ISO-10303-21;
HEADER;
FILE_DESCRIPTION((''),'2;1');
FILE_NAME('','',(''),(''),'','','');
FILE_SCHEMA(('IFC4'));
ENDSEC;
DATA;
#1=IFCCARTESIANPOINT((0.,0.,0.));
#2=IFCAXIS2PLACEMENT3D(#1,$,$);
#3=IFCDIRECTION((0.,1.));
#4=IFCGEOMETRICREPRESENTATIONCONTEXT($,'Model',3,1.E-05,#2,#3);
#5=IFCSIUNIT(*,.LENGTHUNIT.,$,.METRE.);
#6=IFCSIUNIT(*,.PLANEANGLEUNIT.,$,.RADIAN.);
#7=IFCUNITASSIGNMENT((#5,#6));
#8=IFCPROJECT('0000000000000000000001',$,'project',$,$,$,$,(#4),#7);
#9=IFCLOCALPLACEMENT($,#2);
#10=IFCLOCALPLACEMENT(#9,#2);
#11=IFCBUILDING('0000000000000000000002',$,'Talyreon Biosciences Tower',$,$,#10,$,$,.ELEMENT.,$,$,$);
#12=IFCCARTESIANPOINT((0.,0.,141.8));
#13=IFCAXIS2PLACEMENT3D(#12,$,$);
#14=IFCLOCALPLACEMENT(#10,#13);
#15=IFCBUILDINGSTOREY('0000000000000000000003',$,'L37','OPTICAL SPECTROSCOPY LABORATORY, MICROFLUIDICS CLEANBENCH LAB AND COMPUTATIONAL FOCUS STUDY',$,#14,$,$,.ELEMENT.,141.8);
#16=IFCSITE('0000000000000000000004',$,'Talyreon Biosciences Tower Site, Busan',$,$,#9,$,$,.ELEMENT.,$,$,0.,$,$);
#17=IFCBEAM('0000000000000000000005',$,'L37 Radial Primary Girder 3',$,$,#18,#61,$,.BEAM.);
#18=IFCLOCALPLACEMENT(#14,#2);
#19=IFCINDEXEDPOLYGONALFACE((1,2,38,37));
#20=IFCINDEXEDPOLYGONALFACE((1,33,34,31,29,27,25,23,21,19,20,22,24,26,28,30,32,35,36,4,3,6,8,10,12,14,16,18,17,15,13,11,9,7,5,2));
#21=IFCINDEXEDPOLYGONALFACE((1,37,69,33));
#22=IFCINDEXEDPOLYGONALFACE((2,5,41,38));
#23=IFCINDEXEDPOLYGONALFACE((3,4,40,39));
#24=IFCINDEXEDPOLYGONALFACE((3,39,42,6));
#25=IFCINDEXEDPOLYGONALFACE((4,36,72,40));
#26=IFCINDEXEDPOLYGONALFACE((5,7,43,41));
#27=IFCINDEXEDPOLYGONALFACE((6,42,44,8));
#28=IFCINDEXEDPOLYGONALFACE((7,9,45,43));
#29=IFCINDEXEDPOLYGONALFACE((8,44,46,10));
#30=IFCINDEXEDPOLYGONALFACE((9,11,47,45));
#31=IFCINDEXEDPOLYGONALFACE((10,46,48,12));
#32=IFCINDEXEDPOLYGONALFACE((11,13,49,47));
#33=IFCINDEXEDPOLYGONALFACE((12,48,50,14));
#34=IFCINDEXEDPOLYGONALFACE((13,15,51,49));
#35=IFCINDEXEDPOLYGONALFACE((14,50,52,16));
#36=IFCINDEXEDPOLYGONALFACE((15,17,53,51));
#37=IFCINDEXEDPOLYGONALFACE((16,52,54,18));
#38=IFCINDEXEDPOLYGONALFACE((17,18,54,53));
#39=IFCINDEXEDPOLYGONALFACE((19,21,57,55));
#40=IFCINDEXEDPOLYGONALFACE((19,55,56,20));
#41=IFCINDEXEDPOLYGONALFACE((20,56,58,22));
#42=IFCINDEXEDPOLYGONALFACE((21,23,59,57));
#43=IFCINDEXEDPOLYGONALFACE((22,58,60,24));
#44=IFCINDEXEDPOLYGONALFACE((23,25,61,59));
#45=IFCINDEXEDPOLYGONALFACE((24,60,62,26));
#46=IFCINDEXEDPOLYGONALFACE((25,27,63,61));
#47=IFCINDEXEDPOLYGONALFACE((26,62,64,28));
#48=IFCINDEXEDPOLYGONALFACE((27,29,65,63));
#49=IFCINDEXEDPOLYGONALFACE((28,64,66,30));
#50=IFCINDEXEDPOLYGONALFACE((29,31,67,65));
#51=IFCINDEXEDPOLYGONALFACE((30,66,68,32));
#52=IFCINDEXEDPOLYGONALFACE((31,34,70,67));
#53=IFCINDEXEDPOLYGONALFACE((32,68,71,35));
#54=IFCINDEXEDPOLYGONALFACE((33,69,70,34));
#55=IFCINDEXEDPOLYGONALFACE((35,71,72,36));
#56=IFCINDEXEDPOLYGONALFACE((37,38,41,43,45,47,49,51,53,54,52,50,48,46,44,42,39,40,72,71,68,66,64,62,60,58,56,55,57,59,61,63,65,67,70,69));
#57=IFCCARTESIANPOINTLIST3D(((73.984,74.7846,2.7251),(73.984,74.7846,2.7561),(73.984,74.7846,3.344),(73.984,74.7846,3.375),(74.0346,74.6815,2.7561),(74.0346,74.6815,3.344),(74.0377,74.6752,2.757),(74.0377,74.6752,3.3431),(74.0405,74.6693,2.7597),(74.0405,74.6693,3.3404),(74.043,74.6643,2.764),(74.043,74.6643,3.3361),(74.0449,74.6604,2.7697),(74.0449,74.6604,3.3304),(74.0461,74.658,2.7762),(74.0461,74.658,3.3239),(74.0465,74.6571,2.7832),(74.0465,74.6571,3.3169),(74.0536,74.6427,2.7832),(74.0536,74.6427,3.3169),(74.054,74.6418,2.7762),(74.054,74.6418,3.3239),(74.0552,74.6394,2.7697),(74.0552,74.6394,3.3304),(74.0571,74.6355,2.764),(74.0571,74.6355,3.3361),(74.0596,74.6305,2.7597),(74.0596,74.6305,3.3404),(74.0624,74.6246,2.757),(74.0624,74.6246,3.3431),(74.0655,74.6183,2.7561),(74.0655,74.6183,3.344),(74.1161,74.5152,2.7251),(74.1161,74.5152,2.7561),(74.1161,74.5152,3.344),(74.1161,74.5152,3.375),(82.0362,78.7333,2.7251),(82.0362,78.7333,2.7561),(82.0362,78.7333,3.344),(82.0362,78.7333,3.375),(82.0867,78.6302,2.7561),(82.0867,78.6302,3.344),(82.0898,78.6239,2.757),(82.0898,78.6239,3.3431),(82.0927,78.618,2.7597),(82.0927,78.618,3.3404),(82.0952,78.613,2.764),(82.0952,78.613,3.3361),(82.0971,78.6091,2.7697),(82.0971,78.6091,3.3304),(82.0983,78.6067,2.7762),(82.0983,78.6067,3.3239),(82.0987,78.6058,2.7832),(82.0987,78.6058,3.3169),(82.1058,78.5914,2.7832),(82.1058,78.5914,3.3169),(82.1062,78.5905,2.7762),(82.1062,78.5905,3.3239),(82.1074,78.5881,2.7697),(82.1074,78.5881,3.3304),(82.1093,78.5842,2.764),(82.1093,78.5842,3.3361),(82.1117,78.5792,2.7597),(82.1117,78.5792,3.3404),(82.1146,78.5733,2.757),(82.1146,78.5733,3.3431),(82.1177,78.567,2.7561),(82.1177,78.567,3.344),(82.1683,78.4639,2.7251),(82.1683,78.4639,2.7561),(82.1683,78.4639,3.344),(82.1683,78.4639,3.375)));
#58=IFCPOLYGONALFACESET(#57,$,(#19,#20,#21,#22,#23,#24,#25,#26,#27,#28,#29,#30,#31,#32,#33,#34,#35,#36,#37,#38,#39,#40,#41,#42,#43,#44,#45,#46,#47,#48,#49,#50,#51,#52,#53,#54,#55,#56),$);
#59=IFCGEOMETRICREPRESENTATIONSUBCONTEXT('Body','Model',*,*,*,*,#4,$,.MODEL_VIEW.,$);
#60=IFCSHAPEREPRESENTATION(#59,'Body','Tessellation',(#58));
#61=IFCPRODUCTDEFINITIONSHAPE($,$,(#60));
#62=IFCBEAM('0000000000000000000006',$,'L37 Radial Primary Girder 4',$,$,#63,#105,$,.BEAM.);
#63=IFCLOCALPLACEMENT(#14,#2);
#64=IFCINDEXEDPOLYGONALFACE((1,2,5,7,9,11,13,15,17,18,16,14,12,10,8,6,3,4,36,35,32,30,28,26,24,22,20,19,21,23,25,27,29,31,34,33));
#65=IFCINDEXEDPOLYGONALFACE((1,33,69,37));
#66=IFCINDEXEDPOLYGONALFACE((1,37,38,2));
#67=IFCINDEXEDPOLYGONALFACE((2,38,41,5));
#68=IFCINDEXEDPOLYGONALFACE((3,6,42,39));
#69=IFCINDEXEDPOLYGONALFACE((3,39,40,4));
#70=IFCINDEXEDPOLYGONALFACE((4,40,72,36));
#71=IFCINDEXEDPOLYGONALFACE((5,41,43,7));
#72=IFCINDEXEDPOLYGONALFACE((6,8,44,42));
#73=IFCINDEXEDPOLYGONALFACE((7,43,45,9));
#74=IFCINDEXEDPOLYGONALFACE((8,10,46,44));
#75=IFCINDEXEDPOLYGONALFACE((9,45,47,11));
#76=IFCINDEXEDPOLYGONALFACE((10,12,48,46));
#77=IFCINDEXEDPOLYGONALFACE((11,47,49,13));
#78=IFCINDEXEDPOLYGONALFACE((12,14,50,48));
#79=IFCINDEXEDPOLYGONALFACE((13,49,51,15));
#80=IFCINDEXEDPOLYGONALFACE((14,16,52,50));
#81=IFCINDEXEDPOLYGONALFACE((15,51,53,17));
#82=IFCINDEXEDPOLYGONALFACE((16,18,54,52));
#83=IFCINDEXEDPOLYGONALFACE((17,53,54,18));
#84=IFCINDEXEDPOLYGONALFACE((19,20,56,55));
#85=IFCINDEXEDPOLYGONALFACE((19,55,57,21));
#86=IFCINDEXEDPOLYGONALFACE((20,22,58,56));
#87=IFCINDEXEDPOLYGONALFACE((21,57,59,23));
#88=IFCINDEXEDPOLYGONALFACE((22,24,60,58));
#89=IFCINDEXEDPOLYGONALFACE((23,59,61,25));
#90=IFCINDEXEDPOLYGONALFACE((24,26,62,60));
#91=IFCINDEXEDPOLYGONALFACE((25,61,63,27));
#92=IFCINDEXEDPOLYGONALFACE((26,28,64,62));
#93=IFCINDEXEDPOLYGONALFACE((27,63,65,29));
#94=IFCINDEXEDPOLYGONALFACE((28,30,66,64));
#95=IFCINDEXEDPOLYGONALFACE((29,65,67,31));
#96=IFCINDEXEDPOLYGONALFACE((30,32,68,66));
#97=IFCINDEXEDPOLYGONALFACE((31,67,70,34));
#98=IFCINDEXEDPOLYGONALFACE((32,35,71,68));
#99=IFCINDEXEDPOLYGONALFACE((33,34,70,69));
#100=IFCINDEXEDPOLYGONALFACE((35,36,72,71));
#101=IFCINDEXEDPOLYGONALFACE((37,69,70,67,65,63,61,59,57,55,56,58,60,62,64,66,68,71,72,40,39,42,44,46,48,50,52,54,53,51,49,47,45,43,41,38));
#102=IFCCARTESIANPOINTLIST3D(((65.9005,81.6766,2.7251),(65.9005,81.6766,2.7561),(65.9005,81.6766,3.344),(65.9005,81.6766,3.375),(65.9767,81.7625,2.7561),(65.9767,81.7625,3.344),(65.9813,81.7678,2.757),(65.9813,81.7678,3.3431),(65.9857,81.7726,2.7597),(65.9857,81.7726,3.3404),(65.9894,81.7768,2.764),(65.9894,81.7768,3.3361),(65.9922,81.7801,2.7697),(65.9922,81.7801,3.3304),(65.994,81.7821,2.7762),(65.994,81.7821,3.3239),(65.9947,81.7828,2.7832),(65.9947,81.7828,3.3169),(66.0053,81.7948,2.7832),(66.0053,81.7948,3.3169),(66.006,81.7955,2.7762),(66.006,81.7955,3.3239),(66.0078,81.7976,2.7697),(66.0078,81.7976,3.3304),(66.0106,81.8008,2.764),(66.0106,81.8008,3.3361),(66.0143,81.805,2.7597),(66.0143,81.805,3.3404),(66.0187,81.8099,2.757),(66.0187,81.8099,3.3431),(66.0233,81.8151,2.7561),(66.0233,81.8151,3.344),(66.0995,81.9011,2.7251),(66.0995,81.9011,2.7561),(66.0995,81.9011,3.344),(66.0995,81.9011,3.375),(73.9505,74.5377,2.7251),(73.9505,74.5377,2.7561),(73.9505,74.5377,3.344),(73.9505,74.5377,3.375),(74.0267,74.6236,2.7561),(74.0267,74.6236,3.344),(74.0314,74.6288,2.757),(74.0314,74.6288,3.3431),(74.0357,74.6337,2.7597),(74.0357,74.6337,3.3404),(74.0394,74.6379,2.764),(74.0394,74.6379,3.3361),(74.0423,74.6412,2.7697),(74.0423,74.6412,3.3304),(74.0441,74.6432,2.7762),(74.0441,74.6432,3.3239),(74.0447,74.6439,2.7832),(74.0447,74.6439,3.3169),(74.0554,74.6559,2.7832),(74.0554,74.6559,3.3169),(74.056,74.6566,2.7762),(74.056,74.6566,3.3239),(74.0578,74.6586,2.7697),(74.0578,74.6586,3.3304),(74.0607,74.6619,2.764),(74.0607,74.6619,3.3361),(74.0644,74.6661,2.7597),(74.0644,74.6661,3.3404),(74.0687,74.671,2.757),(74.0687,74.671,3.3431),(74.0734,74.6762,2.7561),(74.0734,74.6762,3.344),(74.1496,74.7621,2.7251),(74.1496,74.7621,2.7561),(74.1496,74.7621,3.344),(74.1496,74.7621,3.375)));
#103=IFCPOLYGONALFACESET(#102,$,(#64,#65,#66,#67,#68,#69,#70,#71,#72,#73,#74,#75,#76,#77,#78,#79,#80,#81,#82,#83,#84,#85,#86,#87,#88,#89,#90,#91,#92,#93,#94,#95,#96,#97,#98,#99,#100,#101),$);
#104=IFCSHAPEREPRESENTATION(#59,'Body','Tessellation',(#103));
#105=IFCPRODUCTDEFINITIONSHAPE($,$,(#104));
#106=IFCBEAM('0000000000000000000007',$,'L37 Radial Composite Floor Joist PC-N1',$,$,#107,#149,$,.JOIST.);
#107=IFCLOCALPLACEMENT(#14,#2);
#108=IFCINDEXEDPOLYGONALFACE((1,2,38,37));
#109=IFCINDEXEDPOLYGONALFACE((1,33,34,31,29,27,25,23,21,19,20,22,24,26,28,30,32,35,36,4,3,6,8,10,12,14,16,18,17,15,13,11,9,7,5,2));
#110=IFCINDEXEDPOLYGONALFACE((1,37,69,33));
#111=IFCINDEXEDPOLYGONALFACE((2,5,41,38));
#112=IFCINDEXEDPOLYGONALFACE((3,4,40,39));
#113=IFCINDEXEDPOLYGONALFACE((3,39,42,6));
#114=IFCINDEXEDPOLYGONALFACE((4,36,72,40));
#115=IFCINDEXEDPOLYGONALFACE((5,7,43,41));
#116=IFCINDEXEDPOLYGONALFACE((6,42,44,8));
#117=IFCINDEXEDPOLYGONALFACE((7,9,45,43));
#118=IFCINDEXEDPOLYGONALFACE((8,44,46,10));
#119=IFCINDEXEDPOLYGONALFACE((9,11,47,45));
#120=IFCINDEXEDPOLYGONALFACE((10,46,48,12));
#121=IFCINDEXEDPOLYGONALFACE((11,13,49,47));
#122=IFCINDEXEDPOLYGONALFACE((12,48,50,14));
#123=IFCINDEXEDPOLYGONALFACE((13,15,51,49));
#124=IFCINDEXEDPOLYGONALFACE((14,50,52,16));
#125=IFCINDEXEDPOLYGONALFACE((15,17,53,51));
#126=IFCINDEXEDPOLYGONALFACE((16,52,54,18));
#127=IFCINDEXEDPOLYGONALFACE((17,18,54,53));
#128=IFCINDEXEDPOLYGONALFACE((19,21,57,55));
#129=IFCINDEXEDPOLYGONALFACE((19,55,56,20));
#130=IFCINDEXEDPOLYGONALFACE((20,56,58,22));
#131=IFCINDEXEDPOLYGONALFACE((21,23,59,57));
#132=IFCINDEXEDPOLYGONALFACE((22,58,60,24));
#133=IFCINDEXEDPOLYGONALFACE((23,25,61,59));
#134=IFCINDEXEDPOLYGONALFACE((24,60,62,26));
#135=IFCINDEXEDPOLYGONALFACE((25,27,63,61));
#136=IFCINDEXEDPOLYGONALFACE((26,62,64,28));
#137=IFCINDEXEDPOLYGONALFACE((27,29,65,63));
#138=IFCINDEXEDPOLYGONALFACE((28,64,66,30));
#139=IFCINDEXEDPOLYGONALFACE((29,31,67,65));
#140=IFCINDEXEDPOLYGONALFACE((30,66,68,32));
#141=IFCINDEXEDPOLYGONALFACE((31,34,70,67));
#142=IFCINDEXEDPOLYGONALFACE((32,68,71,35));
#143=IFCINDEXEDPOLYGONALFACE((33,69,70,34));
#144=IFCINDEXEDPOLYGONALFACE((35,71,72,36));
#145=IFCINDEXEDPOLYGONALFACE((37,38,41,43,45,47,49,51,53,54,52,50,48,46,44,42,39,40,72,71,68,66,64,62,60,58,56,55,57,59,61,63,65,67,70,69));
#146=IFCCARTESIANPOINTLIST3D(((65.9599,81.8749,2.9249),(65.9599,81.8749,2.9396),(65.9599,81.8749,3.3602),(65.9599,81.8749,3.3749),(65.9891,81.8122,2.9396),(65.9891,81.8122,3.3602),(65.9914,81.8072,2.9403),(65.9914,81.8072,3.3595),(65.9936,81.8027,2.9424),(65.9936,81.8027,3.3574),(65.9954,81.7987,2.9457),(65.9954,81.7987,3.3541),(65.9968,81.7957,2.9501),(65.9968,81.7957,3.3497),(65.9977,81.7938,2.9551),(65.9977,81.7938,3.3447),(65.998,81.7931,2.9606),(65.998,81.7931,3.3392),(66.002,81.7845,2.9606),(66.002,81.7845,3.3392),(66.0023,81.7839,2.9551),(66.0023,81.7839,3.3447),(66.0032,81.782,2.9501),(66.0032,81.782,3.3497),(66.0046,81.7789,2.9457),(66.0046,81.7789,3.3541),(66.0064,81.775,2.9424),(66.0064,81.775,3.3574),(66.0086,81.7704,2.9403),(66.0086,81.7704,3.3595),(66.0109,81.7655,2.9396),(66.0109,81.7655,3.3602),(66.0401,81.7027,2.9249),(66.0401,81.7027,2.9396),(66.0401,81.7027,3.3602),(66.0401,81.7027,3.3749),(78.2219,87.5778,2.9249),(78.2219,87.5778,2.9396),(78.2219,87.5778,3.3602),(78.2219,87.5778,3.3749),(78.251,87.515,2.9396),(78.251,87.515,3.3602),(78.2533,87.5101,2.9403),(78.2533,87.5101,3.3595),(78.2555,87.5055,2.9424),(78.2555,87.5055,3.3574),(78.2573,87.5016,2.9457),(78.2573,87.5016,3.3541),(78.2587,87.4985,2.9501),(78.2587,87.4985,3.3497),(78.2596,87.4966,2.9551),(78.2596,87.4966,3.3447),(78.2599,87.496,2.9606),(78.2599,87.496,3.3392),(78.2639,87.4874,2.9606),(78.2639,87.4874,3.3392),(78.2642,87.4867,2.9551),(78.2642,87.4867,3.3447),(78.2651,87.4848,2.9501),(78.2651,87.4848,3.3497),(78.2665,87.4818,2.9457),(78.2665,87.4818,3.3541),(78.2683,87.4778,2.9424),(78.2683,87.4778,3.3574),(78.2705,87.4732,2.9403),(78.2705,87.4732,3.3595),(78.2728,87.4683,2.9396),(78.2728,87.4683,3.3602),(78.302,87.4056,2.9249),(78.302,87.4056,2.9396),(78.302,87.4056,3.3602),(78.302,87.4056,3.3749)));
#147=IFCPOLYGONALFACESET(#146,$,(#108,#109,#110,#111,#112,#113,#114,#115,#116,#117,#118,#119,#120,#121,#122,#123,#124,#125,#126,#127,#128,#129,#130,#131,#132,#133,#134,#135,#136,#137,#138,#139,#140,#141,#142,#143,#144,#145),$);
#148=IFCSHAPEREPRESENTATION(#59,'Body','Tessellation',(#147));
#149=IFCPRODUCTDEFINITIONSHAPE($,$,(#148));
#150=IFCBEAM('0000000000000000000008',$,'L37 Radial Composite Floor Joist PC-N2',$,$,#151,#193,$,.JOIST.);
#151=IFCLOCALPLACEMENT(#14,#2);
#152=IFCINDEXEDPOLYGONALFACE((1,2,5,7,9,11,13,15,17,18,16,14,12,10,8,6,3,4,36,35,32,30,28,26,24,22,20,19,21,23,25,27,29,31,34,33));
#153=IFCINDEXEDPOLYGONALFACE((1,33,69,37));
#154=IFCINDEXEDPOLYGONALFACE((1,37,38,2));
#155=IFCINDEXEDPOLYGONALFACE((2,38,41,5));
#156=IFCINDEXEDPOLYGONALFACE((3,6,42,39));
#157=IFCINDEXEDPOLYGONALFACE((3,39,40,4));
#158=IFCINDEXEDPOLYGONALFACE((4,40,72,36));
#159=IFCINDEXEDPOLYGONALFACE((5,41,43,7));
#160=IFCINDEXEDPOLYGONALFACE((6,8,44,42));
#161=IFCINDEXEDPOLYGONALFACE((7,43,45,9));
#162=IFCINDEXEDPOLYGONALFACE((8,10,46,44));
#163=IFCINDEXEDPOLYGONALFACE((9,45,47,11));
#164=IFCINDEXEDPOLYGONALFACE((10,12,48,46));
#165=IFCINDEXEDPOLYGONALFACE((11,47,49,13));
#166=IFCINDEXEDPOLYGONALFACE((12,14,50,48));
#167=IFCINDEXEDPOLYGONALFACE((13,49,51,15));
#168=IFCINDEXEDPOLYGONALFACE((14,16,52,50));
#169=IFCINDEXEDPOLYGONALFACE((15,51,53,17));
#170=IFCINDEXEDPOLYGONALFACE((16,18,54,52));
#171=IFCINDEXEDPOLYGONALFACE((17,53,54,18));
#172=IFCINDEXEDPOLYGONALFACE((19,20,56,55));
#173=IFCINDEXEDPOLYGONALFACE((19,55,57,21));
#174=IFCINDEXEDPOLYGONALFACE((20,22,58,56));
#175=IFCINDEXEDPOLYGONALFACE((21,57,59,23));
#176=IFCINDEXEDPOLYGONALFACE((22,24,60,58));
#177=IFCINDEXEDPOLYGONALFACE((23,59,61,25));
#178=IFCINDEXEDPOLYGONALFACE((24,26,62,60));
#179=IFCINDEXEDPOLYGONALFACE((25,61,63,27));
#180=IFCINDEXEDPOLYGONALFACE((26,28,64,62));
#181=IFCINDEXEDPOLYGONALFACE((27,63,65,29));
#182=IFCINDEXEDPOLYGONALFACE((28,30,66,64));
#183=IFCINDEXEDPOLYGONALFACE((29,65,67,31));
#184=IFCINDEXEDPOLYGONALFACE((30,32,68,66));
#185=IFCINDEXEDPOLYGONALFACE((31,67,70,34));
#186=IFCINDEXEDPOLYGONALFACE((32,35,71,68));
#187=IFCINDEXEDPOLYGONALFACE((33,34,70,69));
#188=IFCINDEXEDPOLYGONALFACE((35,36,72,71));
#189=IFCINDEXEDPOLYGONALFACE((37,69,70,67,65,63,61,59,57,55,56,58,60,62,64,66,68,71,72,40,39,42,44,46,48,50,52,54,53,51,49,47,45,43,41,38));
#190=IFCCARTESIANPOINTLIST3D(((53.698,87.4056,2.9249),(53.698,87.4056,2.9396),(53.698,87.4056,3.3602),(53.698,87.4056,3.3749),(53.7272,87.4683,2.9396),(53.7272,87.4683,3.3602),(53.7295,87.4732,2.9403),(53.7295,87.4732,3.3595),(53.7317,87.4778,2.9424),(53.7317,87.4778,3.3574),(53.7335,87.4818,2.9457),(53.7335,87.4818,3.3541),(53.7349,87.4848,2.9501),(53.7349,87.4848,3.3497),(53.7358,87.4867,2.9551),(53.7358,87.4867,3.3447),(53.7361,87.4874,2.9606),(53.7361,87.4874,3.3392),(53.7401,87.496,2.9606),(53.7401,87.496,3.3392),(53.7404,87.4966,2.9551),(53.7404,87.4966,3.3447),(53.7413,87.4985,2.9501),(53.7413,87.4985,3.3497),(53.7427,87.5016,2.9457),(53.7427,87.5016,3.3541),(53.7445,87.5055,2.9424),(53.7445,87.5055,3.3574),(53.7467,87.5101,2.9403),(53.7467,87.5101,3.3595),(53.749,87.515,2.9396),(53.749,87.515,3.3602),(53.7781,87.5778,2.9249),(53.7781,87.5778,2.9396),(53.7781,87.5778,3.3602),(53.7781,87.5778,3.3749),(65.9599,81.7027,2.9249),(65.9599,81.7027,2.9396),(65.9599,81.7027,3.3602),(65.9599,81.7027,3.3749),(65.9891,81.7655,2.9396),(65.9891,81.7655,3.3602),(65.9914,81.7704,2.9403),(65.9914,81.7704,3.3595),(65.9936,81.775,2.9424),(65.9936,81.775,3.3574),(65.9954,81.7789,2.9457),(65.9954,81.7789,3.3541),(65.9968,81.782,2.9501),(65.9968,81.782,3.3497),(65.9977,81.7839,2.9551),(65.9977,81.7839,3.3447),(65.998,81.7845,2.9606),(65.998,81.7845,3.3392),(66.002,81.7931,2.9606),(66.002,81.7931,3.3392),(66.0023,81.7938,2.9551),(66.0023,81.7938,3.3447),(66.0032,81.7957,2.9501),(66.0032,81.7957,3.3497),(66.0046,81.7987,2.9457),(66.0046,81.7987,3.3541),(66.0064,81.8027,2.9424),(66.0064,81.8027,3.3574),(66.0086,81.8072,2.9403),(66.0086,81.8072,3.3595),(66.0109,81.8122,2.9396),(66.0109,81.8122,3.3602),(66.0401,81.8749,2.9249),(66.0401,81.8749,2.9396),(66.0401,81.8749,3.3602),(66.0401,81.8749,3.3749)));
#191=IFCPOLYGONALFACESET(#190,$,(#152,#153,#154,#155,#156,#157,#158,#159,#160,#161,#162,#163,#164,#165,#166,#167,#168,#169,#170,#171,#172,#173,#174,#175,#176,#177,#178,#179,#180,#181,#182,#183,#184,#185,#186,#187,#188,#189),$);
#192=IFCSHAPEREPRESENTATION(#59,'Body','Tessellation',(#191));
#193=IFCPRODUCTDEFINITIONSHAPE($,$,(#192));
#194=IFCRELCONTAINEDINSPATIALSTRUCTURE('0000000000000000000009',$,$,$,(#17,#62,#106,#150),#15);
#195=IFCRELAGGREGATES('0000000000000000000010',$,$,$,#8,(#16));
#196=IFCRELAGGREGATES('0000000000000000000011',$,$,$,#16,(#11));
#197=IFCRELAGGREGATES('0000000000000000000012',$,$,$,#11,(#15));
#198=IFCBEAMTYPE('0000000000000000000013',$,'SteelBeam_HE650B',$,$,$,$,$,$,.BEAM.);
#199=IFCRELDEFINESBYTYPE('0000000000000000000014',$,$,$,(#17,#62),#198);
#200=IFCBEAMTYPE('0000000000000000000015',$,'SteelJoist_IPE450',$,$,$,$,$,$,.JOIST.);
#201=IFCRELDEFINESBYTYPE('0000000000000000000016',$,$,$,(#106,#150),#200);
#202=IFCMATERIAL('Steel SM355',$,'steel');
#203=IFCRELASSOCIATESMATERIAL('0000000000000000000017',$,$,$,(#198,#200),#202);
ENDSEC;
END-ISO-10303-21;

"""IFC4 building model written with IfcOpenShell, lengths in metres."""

from ifc_helpers import new_model, si_unit, direction, frame, origin, origin_2d, place, context, subcontext, project, spatial, i_section, extrude, material, material_profile, profile_set, type_object, element, save


model = new_model("IFC4")

# Units and contexts
model_context = context("Model", 3, precision=1e-05, world=origin(), true_north=direction((0.0, 1.0)))
body_context = subcontext(model_context, "Body", "Model", "MODEL_VIEW")
ifc_project = project(units=[si_unit("LENGTHUNIT", "METRE"), si_unit("PLANEANGLEUNIT", "RADIAN")], contexts=[model_context])

# Site, building, storey
site_placement = place(None, origin())
site = spatial("IfcSite", under=ifc_project, at=site_placement, Name="Talyreon Biosciences Tower Site, Busan", CompositionType="ELEMENT", RefElevation=0.0)
building_placement = place(site_placement, origin())
building = spatial("IfcBuilding", under=site, at=building_placement, Name="Talyreon Biosciences Tower", CompositionType="ELEMENT")
storey_placement = place(building_placement, frame((0.0, 0.0, 141.8)))
storey = spatial("IfcBuildingStorey", under=building, at=storey_placement, Name="L37", Description="OPTICAL SPECTROSCOPY LABORATORY, MICROFLUIDICS CLEANBENCH LAB AND COMPUTATIONAL FOCUS STUDY", CompositionType="ELEMENT", Elevation=141.8)

# Beams
ifc_material_1 = material(Name="Steel SM355", Category="steel")
ifc_material_profile_1 = material_profile(ifc_material_1, i_section(OverallWidth=0.3, OverallDepth=0.6499, WebThickness=0.0161, FlangeThickness=0.031, FilletRadius=0.0271, at=origin_2d()), Name="HE650B")
ifc_profile_set_1 = profile_set([ifc_material_profile_1], Name="Steel SM355")
beam_type_1 = type_object("IfcBeamType", Name="SteelBeam_HE650B", PredefinedType="BEAM", material=ifc_profile_set_1)
beam_1_placement = place(storey_placement, frame((74.05, 74.6499, 3.05), z_axis=(0.897852, 0.440297, 0.0), x_axis=(-0.440297, 0.897852, 0.0)))
element("IfcBeam", 1, at=beam_1_placement, inside=storey, type_object=beam_type_1, Name="L37 Radial Primary Girder 3", PredefinedType="BEAM", context=body_context, shape_type="SweptSolid", body=[
    extrude(i_section(OverallWidth=0.3, OverallDepth=0.6499, WebThickness=0.0161, FlangeThickness=0.031, FilletRadius=0.0271, at=origin_2d()), origin(), (0.0, 0.0, 1.0), 8.9683),
])
beam_2_placement = place(storey_placement, frame((74.05, 74.6499, 3.05), z_axis=(-0.748179, 0.663497, 0.0), x_axis=(-0.663497, -0.748179, 0.0)))
element("IfcBeam", 2, at=beam_2_placement, inside=storey, type_object=beam_type_1, Name="L37 Radial Primary Girder 4", PredefinedType="BEAM", context=body_context, shape_type="SweptSolid", body=[
    extrude(i_section(OverallWidth=0.3, OverallDepth=0.6499, WebThickness=0.0161, FlangeThickness=0.031, FilletRadius=0.0271, at=origin_2d()), origin(), (0.0, 0.0, 1.0), 10.7595),
])
ifc_material_profile_2 = material_profile(ifc_material_1, i_section(OverallWidth=0.1899, OverallDepth=0.45, WebThickness=0.0095, FlangeThickness=0.0146, FilletRadius=0.021, at=origin_2d()), Name="IPE450")
ifc_profile_set_2 = profile_set([ifc_material_profile_2], Name="Steel SM355")
beam_type_2 = type_object("IfcBeamType", Name="SteelJoist_IPE450", PredefinedType="JOIST", material=ifc_profile_set_2)
for number, where, z_axis, x_axis, name in (
    (3, (66.0, 81.7888, 3.1499), (0.906731, 0.421709, 0.0), (-0.421709, 0.906731, 0.0), "L37 Radial Composite Floor Joist PC-N1"),
    (4, (66.0, 81.7888, 3.1499), (-0.906731, 0.421709, 0.0), (-0.421709, -0.906731, 0.0), "L37 Radial Composite Floor Joist PC-N2"),
):
    element("IfcBeam", number, at=place(storey_placement, frame(where, z_axis=z_axis, x_axis=x_axis)), inside=storey, type_object=beam_type_2, Name=name, PredefinedType="JOIST", context=body_context, shape_type="SweptSolid", body=[
        extrude(i_section(OverallWidth=0.1899, OverallDepth=0.45, WebThickness=0.0095, FlangeThickness=0.0146, FilletRadius=0.021, at=origin_2d()), origin(), (0.0, 0.0, 1.0), 13.5232),
    ])

save(model, "model.ifc")
